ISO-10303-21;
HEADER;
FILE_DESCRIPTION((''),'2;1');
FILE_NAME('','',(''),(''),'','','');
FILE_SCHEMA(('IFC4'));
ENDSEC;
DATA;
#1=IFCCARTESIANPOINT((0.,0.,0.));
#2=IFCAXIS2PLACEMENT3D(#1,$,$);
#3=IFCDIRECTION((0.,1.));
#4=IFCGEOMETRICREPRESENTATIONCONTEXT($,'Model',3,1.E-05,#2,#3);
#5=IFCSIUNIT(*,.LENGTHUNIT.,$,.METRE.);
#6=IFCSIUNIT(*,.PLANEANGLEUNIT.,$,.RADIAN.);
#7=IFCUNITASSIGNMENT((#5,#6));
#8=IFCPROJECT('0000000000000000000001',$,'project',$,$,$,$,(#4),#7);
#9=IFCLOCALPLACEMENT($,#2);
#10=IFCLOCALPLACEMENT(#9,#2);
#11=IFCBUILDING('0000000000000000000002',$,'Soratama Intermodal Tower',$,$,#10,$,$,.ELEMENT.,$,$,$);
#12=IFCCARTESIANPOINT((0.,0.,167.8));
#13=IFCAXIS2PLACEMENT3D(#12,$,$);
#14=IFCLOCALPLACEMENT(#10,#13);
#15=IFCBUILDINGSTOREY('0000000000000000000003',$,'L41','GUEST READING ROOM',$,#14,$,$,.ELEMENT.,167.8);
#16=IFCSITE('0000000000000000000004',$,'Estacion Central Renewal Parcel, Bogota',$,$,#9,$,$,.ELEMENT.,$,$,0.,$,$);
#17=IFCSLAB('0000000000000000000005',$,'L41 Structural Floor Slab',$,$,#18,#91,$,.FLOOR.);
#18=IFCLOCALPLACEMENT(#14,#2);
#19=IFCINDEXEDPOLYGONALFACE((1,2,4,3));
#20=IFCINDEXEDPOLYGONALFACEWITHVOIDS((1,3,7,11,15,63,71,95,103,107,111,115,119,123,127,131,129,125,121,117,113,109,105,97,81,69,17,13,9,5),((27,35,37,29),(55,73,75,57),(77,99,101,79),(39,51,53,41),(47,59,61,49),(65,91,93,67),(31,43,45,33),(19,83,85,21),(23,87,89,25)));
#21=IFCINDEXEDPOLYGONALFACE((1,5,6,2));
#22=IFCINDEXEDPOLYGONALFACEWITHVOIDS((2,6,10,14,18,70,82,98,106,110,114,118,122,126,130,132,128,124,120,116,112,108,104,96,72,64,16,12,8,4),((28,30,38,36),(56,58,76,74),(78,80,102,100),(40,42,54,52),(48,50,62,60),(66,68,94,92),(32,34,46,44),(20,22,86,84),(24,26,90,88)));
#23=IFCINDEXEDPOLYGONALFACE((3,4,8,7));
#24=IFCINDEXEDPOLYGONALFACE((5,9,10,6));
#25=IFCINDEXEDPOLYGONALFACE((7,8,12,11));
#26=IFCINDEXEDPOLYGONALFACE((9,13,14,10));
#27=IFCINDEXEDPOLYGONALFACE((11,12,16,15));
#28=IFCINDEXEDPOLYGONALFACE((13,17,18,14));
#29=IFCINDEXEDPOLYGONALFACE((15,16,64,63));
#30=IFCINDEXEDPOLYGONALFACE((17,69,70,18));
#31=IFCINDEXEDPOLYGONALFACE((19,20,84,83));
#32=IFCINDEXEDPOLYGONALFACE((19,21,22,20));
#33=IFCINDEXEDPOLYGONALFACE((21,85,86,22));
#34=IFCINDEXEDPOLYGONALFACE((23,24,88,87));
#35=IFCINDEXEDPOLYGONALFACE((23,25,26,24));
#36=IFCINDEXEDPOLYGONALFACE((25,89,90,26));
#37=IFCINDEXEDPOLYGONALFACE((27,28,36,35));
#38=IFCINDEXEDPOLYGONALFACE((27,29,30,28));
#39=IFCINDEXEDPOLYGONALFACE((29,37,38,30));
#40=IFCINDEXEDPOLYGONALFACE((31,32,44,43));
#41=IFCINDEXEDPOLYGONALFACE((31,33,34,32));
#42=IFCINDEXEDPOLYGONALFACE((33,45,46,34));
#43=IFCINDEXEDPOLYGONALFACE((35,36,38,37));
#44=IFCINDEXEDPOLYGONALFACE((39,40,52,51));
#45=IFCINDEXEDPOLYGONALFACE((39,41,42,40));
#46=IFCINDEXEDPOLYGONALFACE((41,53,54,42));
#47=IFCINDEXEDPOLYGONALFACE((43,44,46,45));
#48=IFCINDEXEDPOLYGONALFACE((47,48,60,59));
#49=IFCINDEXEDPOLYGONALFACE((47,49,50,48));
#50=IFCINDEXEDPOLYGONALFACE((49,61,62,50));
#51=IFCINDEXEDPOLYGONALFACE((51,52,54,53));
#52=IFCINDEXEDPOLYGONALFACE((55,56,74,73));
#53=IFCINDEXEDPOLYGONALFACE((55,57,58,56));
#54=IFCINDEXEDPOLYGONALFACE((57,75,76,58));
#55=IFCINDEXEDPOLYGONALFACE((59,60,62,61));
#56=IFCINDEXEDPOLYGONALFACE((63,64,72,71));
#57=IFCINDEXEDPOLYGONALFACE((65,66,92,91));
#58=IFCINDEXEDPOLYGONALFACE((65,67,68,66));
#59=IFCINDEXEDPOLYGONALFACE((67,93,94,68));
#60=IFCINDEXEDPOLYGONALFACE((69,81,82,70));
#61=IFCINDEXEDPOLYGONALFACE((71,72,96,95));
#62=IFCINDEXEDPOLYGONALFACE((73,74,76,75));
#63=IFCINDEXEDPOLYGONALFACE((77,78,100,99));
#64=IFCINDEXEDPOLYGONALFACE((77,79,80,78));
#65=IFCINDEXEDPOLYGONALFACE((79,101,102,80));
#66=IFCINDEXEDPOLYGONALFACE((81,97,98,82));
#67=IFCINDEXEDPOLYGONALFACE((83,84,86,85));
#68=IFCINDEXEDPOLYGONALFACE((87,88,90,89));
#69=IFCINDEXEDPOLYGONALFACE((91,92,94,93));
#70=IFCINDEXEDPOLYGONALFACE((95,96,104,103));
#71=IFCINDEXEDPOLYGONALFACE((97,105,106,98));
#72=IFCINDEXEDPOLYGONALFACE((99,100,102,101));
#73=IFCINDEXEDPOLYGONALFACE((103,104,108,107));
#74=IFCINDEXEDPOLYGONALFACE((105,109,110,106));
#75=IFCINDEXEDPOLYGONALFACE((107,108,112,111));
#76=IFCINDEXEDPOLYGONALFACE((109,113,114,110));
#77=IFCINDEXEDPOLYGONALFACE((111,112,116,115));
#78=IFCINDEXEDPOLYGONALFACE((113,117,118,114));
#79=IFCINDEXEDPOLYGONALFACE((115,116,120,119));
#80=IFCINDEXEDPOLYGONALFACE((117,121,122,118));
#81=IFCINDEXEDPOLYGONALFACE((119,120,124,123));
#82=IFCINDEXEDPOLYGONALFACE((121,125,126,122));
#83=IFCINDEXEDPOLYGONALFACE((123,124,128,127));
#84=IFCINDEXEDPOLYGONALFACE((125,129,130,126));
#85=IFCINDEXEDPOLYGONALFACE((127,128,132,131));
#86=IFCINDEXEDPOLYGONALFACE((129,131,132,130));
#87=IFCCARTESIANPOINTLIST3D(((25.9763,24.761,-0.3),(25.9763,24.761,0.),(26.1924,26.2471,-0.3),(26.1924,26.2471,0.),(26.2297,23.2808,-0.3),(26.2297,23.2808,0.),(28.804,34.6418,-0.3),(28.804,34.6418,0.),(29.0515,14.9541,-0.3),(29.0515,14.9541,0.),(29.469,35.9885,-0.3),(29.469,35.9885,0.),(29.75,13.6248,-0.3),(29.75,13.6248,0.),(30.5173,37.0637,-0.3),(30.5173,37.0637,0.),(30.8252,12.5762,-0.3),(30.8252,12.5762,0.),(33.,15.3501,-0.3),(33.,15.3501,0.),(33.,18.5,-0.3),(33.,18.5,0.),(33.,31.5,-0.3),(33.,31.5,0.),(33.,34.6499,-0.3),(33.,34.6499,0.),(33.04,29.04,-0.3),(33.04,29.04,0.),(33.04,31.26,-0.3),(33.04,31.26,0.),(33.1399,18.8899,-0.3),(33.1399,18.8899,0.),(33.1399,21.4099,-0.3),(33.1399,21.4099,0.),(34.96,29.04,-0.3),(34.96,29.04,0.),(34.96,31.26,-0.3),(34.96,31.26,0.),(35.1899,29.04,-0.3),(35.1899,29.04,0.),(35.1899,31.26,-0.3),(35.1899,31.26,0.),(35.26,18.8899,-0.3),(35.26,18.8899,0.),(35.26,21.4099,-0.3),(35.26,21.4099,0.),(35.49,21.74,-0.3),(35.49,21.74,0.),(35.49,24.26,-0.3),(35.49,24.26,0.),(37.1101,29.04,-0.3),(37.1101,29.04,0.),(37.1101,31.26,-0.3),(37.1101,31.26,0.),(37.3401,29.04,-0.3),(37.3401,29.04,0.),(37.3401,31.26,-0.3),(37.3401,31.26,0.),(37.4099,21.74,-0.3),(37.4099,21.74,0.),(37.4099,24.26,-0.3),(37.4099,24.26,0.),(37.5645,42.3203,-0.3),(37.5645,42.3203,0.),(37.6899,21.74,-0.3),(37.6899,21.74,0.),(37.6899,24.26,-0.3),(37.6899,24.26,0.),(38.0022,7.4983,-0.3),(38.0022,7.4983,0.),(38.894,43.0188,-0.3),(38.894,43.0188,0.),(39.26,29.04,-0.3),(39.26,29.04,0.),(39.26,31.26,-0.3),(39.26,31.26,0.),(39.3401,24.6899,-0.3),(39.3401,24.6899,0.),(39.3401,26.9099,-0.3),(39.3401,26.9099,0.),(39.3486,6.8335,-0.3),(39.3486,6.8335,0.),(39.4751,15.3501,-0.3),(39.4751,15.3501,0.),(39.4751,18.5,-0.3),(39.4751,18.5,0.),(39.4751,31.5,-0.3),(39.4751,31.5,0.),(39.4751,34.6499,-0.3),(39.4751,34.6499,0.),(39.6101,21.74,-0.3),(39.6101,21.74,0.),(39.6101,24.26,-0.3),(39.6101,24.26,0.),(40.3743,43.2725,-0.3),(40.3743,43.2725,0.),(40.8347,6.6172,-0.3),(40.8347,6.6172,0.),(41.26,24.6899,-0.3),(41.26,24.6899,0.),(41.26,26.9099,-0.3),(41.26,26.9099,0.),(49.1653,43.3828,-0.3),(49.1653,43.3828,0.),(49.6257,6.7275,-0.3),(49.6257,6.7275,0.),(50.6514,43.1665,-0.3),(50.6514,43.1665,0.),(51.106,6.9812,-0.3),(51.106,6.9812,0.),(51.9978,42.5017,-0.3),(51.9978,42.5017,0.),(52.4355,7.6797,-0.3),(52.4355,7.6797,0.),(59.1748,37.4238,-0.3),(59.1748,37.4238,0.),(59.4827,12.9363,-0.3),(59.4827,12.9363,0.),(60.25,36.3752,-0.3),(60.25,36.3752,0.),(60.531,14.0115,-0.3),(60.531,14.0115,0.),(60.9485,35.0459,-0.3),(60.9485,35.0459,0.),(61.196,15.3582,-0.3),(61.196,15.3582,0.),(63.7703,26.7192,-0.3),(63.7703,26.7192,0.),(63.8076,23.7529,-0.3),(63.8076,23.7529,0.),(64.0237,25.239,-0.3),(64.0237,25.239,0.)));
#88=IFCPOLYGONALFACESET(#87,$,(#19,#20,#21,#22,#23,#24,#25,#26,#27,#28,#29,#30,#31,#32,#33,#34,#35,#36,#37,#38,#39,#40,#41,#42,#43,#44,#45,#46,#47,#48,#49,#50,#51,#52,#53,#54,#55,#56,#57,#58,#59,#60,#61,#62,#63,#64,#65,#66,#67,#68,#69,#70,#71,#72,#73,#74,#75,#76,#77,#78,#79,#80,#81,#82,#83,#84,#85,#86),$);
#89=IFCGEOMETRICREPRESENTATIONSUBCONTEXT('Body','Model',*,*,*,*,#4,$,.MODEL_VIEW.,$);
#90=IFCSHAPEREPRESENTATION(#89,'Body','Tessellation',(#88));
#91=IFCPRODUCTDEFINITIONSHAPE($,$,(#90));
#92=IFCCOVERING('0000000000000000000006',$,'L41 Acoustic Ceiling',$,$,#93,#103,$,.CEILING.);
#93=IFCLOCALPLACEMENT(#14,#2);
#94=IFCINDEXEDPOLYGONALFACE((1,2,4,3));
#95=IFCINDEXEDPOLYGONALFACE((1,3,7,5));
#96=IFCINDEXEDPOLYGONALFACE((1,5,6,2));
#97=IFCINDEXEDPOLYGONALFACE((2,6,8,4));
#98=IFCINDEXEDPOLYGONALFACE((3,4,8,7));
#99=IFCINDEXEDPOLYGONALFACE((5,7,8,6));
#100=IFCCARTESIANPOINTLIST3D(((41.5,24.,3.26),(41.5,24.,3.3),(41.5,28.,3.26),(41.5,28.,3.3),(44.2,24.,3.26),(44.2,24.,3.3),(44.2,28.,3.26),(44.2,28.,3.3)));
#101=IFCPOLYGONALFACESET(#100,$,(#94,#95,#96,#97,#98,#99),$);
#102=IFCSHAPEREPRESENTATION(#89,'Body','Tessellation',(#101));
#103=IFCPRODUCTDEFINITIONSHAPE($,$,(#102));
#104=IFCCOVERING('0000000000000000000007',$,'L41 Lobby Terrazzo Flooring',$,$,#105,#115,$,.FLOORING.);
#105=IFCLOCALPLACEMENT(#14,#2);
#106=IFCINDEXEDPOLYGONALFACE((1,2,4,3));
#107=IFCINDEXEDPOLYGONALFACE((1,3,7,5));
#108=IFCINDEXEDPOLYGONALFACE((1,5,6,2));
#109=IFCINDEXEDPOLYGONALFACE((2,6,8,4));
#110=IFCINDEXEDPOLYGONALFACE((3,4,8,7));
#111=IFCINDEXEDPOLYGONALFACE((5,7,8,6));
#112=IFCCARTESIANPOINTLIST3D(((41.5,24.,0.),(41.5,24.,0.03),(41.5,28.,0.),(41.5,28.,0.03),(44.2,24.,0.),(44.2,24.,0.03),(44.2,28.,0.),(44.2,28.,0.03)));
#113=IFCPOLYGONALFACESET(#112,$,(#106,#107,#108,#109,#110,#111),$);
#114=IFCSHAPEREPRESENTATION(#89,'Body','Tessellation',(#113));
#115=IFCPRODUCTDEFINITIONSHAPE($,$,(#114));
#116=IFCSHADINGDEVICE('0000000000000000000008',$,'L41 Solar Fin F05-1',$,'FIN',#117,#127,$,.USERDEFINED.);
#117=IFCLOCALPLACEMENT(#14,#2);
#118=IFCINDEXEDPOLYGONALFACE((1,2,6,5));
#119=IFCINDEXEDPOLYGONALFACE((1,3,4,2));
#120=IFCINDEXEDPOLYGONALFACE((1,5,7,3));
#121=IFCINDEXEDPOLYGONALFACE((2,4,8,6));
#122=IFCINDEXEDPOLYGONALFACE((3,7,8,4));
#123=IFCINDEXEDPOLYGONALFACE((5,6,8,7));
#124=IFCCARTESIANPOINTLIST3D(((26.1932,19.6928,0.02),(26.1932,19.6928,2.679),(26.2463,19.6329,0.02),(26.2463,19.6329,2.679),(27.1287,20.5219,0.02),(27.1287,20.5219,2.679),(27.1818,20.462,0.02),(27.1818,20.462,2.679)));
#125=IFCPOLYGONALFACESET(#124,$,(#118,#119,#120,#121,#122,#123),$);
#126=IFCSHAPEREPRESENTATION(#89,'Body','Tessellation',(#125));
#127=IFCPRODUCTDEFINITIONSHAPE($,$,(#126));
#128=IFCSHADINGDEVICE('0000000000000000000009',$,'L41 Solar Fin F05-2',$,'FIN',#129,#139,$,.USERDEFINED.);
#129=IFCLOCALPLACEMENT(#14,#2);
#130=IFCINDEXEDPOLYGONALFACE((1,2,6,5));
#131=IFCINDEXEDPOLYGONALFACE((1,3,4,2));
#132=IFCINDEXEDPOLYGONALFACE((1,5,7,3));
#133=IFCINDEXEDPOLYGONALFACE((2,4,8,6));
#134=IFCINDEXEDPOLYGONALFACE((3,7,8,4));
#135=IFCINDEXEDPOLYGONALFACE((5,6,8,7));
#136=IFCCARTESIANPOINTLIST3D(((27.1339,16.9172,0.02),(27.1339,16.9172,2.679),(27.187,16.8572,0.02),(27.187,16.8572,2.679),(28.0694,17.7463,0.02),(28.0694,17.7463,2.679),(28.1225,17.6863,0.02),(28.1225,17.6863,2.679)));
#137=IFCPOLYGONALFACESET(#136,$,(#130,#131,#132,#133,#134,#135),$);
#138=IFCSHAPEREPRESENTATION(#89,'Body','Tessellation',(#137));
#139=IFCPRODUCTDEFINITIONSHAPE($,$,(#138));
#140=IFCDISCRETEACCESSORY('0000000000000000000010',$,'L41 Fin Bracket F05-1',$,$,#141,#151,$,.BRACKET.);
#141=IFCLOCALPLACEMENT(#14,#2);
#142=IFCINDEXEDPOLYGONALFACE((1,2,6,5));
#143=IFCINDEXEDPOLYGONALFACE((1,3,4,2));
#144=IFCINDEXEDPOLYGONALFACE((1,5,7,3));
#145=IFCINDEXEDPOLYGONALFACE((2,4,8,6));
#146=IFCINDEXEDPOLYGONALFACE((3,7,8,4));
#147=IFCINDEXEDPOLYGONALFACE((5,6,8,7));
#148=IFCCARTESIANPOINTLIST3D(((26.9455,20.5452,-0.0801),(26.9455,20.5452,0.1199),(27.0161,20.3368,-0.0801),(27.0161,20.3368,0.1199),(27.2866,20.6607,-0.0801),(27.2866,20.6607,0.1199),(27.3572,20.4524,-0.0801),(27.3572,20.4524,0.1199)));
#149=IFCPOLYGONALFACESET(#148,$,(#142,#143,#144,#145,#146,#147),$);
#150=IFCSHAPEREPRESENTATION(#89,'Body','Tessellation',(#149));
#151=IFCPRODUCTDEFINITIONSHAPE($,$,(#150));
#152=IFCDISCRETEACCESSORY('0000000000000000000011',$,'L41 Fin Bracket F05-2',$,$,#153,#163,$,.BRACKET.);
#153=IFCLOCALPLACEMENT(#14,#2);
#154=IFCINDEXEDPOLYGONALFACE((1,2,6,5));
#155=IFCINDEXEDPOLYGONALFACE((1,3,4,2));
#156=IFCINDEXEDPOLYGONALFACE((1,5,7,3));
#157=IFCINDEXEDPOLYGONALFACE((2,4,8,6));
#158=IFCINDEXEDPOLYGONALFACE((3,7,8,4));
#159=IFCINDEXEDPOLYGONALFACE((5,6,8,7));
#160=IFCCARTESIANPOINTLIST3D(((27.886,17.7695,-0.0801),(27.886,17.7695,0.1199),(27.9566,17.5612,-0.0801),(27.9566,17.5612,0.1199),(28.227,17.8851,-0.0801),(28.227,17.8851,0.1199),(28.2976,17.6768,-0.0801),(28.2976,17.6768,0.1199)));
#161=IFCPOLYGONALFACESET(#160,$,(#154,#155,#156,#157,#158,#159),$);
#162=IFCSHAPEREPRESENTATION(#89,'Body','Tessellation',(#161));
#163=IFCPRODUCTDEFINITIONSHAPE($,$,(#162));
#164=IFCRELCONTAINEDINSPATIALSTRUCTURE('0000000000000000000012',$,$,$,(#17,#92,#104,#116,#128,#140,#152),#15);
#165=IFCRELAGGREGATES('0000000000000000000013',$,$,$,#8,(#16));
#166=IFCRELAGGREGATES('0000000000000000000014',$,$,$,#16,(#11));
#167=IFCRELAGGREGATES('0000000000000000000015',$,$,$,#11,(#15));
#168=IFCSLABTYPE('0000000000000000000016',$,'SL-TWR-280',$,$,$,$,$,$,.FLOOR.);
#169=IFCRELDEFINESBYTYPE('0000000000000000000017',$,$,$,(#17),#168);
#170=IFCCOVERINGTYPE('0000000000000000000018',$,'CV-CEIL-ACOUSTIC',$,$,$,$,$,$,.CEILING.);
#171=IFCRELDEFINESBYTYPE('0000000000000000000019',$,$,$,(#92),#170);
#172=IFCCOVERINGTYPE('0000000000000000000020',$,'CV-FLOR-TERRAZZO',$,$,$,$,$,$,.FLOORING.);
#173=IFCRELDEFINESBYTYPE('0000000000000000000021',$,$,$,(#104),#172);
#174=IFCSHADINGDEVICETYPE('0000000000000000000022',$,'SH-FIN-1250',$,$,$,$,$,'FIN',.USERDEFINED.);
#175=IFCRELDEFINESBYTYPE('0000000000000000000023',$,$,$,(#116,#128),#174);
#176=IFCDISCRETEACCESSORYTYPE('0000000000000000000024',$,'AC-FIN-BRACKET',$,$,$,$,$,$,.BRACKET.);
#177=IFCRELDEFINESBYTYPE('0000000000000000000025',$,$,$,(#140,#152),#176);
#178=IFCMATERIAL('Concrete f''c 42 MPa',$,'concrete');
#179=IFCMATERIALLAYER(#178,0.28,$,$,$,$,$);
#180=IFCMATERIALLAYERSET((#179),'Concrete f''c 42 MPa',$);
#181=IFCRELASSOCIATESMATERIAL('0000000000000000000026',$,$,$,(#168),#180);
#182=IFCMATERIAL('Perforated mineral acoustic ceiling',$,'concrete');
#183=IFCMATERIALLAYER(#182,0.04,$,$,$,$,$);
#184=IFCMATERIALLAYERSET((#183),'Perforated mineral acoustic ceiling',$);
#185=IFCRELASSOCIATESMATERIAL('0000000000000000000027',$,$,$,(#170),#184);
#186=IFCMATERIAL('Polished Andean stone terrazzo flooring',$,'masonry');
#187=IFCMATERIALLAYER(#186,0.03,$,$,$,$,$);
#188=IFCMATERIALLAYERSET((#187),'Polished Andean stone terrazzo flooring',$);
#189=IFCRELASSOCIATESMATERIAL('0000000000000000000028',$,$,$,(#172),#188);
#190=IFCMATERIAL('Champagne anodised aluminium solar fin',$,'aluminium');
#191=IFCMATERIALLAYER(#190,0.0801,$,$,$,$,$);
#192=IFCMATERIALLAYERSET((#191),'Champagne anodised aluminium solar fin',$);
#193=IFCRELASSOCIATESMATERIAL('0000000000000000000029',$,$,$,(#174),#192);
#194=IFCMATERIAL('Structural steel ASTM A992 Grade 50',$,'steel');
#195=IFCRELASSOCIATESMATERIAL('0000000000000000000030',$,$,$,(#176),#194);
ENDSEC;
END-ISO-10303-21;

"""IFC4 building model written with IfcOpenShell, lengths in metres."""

from ifc_helpers import new_model, si_unit, direction, frame, origin, origin_2d, place, context, subcontext, project, spatial, polyline, rectangle, outline, extrude, material, layer, layer_set, type_object, element, save


model = new_model("IFC4")

# Units and contexts
model_context = context("Model", 3, precision=1e-05, world=origin(), true_north=direction((0.0, 1.0)))
body_context = subcontext(model_context, "Body", "Model", "MODEL_VIEW")
ifc_project = project(units=[si_unit("LENGTHUNIT", "METRE"), si_unit("PLANEANGLEUNIT", "RADIAN")], contexts=[model_context])

# Site, building, storey
site_placement = place(None, origin())
site = spatial("IfcSite", under=ifc_project, at=site_placement, Name="Estacion Central Renewal Parcel, Bogota", CompositionType="ELEMENT", RefElevation=0.0)
building_placement = place(site_placement, origin())
building = spatial("IfcBuilding", under=site, at=building_placement, Name="Soratama Intermodal Tower", CompositionType="ELEMENT")
storey_placement = place(building_placement, frame((0.0, 0.0, 167.8)))
storey = spatial("IfcBuildingStorey", under=building, at=storey_placement, Name="L41", Description="GUEST READING ROOM", CompositionType="ELEMENT", Elevation=167.8)

# Slab
ifc_material_1 = material(Name="Concrete f'c 42 MPa", Category="concrete")
ifc_layer_1 = layer(ifc_material_1, 0.28)
ifc_layer_set_1 = layer_set([ifc_layer_1], Name="Concrete f'c 42 MPa")
slab_type_1 = type_object("IfcSlabType", Name="SL-TWR-280", PredefinedType="FLOOR", material=ifc_layer_set_1)
slab_1_placement = place(storey_placement, frame((0.0, 0.0, -0.3)))
element("IfcSlab", 1, at=slab_1_placement, inside=storey, type_object=slab_type_1, Name="L41 Structural Floor Slab", PredefinedType="FLOOR", context=body_context, shape_type="SweptSolid", body=[
    extrude(outline(polyline([(60.9485, 35.0459), (60.25, 36.3752), (59.1748, 37.4238), (51.9978, 42.5017), (50.6514, 43.1665), (49.1653, 43.3828), (40.3743, 43.2725), (38.894, 43.0188), (37.5645, 42.3203), (30.5173, 37.0637), (29.469, 35.9885), (28.804, 34.6418), (26.1924, 26.2471), (25.9763, 24.761), (26.2297, 23.2808), (29.0515, 14.9541), (29.75, 13.6248), (30.8252, 12.5762), (38.0022, 7.4983), (39.3486, 6.8335), (40.8347, 6.6172), (49.6257, 6.7275), (51.106, 6.9812), (52.4355, 7.6797), (59.4827, 12.9363), (60.531, 14.0115), (61.196, 15.3582), (63.8076, 23.7529), (64.0237, 25.239), (63.7703, 26.7192), (60.9485, 35.0459)]), holes=[polyline([(33.0, 18.5), (33.0, 15.3501), (39.4751, 15.3501), (39.4751, 18.5), (33.0, 18.5)]), polyline([(35.26, 21.4099), (33.1399, 21.4099), (33.1399, 18.8899), (35.26, 18.8899), (35.26, 21.4099)]), polyline([(37.4099, 24.26), (35.49, 24.26), (35.49, 21.74), (37.4099, 21.74), (37.4099, 24.26)]), polyline([(39.6101, 24.26), (37.6899, 24.26), (37.6899, 21.74), (39.6101, 21.74), (39.6101, 24.26)]), polyline([(41.26, 26.9099), (39.3401, 26.9099), (39.3401, 24.6899), (41.26, 24.6899), (41.26, 26.9099)]), polyline([(34.96, 31.26), (33.04, 31.26), (33.04, 29.04), (34.96, 29.04), (34.96, 31.26)]), polyline([(37.1101, 31.26), (35.1899, 31.26), (35.1899, 29.04), (37.1101, 29.04), (37.1101, 31.26)]), polyline([(39.26, 29.04), (39.26, 31.26), (37.3401, 31.26), (37.3401, 29.04), (39.26, 29.04)]), polyline([(39.4751, 34.6499), (33.0, 34.6499), (33.0, 31.5), (39.4751, 31.5), (39.4751, 34.6499)])]), origin(), (0.0, 0.0, 1.0), 0.3),
])

# Coverings
ifc_material_2 = material(Name="Perforated mineral acoustic ceiling", Category="concrete")
ifc_layer_2 = layer(ifc_material_2, 0.04)
ifc_layer_set_2 = layer_set([ifc_layer_2], Name="Perforated mineral acoustic ceiling")
covering_type_1 = type_object("IfcCoveringType", Name="CV-CEIL-ACOUSTIC", PredefinedType="CEILING", material=ifc_layer_set_2)
covering_1_placement = place(storey_placement, frame((0.0, 0.0, 3.26)))
element("IfcCovering", 2, at=covering_1_placement, inside=storey, type_object=covering_type_1, Name="L41 Acoustic Ceiling", PredefinedType="CEILING", context=body_context, shape_type="SweptSolid", body=[
    extrude(outline(polyline([(41.5, 24.0), (44.2, 24.0), (44.2, 28.0), (41.5, 28.0), (41.5, 24.0)])), origin(), (0.0, 0.0, 1.0), 0.04),
])
ifc_material_3 = material(Name="Polished Andean stone terrazzo flooring", Category="masonry")
ifc_layer_3 = layer(ifc_material_3, 0.03)
ifc_layer_set_3 = layer_set([ifc_layer_3], Name="Polished Andean stone terrazzo flooring")
covering_type_2 = type_object("IfcCoveringType", Name="CV-FLOR-TERRAZZO", PredefinedType="FLOORING", material=ifc_layer_set_3)
covering_2_placement = place(storey_placement, origin())
element("IfcCovering", 3, at=covering_2_placement, inside=storey, type_object=covering_type_2, Name="L41 Lobby Terrazzo Flooring", PredefinedType="FLOORING", context=body_context, shape_type="SweptSolid", body=[
    extrude(outline(polyline([(41.5, 24.0), (44.2, 24.0), (44.2, 28.0), (41.5, 28.0), (41.5, 24.0)])), origin(), (0.0, 0.0, 1.0), 0.03),
])

# Shading devices
ifc_material_4 = material(Name="Champagne anodised aluminium solar fin", Category="aluminium")
ifc_layer_4 = layer(ifc_material_4, 0.0801)
ifc_layer_set_4 = layer_set([ifc_layer_4], Name="Champagne anodised aluminium solar fin")
shading_device_type = type_object("IfcShadingDeviceType", Name="SH-FIN-1250", ElementType="FIN", PredefinedType="USERDEFINED", material=ifc_layer_set_4)
for number, where, z_axis, x_axis, name in (
    (4, (26.6875, 20.0774, 0.02), (0.0, 0.0, 1.0), (-0.748377, -0.663273, 0.0), "L41 Solar Fin F05-1"),
    (5, (27.6282, 17.3018, 0.02), (0.0, 0.0, 1.0), (-0.748377, -0.663273, 0.0), "L41 Solar Fin F05-2"),
):
    element("IfcShadingDevice", number, at=place(storey_placement, frame(where, z_axis=z_axis, x_axis=x_axis)), inside=storey, type_object=shading_device_type, Name=name, ObjectType="FIN", PredefinedType="USERDEFINED", context=body_context, shape_type="SweptSolid", body=[
        extrude(rectangle(XDim=1.25, YDim=0.0801, at=origin_2d()), origin(), (0.0, 0.0, 1.0), 2.6589),
    ])

# Discrete accessories
ifc_material_5 = material(Name="Structural steel ASTM A992 Grade 50", Category="steel")
discrete_accessory_type = type_object("IfcDiscreteAccessoryType", Name="AC-FIN-BRACKET", PredefinedType="BRACKET", material=ifc_material_5)
for number, where, z_axis, x_axis, name in (
    (6, (27.1514, 20.4988, -0.0801), (0.0, 0.0, 1.0), (-0.947098, -0.320944, 0.0), "L41 Fin Bracket F05-1"),
    (7, (28.0918, 17.7231, -0.0801), (0.0, 0.0, 1.0), (-0.947098, -0.320944, 0.0), "L41 Fin Bracket F05-2"),
):
    element("IfcDiscreteAccessory", number, at=place(storey_placement, frame(where, z_axis=z_axis, x_axis=x_axis)), inside=storey, type_object=discrete_accessory_type, Name=name, PredefinedType="BRACKET", context=body_context, shape_type="SweptSolid", body=[
        extrude(rectangle(XDim=0.3601, YDim=0.22, at=origin_2d()), origin(), (0.0, 0.0, 1.0), 0.2),
    ])

save(model, "model.ifc")
